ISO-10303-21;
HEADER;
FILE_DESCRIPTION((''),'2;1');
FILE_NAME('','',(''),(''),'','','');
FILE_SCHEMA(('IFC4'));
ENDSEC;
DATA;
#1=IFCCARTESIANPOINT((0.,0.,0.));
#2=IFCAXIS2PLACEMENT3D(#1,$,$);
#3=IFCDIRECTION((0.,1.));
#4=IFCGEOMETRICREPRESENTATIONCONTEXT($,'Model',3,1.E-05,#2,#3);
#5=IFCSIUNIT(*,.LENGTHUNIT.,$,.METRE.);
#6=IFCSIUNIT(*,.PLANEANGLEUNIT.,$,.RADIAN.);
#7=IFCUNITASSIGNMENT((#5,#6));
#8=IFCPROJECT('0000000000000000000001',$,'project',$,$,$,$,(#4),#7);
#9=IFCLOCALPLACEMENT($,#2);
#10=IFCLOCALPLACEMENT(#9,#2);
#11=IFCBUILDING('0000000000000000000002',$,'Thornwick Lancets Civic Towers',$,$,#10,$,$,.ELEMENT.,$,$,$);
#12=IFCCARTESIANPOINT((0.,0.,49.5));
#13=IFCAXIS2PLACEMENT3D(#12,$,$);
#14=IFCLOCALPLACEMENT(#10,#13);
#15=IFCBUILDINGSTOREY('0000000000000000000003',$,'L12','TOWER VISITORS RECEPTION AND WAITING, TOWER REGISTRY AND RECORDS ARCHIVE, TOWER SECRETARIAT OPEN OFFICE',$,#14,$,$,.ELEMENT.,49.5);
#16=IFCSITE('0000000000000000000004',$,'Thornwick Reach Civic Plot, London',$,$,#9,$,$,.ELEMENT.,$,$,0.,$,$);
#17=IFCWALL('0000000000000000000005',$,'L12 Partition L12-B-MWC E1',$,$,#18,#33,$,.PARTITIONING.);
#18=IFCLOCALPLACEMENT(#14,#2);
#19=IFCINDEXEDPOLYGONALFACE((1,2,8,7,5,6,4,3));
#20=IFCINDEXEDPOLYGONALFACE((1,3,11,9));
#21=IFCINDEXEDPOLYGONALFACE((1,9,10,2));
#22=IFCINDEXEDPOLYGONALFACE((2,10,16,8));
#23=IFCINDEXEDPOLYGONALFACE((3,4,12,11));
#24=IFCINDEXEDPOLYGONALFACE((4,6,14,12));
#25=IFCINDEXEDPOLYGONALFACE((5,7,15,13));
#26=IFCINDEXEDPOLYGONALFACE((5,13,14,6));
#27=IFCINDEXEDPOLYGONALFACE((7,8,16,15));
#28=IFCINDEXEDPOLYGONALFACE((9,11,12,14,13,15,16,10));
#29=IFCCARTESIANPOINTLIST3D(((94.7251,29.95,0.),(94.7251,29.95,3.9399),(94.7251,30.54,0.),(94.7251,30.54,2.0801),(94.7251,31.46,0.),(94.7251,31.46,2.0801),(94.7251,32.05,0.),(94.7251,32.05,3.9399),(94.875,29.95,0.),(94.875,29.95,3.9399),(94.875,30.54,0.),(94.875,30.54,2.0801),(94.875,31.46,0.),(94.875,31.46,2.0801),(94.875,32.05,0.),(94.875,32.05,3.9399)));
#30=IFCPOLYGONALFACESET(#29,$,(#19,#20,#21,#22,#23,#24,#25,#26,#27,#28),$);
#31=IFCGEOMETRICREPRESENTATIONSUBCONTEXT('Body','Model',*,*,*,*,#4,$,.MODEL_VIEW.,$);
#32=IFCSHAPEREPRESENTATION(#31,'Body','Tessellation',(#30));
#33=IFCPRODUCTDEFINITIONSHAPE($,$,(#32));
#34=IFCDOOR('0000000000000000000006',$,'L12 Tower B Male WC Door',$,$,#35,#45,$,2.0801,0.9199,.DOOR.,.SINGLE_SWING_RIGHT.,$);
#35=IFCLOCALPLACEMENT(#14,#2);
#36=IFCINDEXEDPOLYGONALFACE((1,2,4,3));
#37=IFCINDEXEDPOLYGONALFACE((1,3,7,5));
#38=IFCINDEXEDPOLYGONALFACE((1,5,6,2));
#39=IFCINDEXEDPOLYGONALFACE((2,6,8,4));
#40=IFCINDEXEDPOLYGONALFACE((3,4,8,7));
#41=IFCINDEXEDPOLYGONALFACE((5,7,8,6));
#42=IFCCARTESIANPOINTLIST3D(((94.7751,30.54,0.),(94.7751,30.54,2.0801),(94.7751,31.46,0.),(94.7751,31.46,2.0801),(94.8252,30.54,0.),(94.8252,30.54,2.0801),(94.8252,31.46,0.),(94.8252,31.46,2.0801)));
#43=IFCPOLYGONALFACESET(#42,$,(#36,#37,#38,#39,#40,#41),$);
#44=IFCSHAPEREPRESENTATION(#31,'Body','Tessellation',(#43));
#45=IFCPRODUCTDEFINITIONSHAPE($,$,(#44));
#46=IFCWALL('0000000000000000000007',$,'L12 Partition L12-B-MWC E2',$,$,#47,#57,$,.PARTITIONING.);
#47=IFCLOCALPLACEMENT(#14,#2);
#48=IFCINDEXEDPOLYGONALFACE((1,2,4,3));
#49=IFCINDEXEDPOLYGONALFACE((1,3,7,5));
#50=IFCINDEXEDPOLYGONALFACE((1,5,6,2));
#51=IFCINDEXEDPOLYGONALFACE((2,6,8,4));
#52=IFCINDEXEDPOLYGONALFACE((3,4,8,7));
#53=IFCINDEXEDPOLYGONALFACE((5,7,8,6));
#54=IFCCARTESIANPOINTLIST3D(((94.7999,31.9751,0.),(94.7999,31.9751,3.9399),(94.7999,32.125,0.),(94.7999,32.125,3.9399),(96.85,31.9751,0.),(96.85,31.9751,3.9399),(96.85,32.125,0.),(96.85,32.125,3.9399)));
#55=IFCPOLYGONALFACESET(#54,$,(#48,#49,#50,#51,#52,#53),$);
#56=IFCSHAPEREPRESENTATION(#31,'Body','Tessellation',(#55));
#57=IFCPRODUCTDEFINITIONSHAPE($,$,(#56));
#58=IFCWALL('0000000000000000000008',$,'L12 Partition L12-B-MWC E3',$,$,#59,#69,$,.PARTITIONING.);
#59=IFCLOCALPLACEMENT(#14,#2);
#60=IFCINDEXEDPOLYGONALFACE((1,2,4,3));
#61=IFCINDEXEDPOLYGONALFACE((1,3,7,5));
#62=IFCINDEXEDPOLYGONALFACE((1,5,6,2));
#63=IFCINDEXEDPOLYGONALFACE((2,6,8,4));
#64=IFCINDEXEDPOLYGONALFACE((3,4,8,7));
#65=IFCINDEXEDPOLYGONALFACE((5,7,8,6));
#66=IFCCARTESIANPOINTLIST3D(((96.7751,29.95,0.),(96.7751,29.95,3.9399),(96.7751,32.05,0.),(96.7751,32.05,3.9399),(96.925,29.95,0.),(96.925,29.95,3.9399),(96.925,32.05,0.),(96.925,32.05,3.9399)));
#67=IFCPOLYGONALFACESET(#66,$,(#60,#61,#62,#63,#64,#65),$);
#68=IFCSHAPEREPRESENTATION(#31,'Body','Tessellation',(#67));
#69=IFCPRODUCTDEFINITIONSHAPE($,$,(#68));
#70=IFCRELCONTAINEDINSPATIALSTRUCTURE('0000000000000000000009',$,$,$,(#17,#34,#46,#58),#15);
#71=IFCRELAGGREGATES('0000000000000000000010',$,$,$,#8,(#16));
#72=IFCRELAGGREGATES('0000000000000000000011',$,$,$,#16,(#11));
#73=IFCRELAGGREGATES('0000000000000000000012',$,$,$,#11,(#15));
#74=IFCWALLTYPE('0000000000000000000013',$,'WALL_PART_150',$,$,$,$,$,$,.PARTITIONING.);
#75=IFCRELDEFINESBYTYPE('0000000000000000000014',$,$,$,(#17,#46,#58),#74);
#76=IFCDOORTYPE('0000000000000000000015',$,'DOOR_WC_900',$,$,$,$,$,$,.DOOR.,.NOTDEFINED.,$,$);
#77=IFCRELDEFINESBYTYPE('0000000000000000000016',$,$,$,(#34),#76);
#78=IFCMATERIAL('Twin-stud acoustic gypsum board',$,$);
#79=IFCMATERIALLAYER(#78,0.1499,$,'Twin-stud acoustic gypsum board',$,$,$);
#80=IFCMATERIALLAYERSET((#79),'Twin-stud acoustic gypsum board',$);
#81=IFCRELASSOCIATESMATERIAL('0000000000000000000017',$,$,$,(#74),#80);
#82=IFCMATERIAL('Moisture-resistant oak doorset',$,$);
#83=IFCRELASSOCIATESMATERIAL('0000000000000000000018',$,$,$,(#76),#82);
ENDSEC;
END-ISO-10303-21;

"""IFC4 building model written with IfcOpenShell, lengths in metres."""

from ifc_helpers import new_model, si_unit, direction, frame, frame_2d, origin, place, context, subcontext, project, spatial, rectangle, extrude, material, layer, layer_set, type_object, element, fill, save


model = new_model("IFC4")

# Units and contexts
model_context = context("Model", 3, precision=1e-05, world=origin(), true_north=direction((0.0, 1.0)))
body_context = subcontext(model_context, "Body", "Model", "MODEL_VIEW")
ifc_project = project(units=[si_unit("LENGTHUNIT", "METRE"), si_unit("PLANEANGLEUNIT", "RADIAN")], contexts=[model_context])

# Site, building, storey
site_placement = place(None, origin())
site = spatial("IfcSite", under=ifc_project, at=site_placement, Name="Thornwick Reach Civic Plot, London", CompositionType="ELEMENT", RefElevation=0.0)
building_placement = place(site_placement, origin())
building = spatial("IfcBuilding", under=site, at=building_placement, Name="Thornwick Lancets Civic Towers", CompositionType="ELEMENT")
storey_placement = place(building_placement, frame((0.0, 0.0, 49.5)))
storey = spatial("IfcBuildingStorey", under=building, at=storey_placement, Name="L12", Description="TOWER VISITORS RECEPTION AND WAITING, TOWER REGISTRY AND RECORDS ARCHIVE, TOWER SECRETARIAT OPEN OFFICE", CompositionType="ELEMENT", Elevation=49.5)

# Wall, opening, door
ifc_material_1 = material(Name="Twin-stud acoustic gypsum board")
ifc_layer_1 = layer(ifc_material_1, 0.1499, Name="Twin-stud acoustic gypsum board")
ifc_layer_set_1 = layer_set([ifc_layer_1], Name="Twin-stud acoustic gypsum board")
wall_type_1 = type_object("IfcWallType", Name="WALL_PART_150", PredefinedType="PARTITIONING", material=ifc_layer_set_1)
wall_1_placement = place(storey_placement, frame((94.8, 29.95, 0.0), z_axis=(0.0, 0.0, 1.0), x_axis=(0.0, 1.0, 0.0)))
wall_1 = element("IfcWall", 1, at=wall_1_placement, inside=storey, type_object=wall_type_1, Name="L12 Partition L12-B-MWC E1", PredefinedType="PARTITIONING", context=body_context, shape_type="SweptSolid", body=[
    extrude(rectangle(XDim=2.1001, YDim=0.1499, at=frame_2d((1.05, 0.0))), origin(), (0.0, 0.0, 1.0), 3.9399),
])
opening_1_placement = place(wall_1_placement, frame((0.5901, 0.0, 0.0)))
opening_1 = element("IfcOpeningElement", 2, at=opening_1_placement, cuts=wall_1, PredefinedType="OPENING", context=body_context, shape_type="SweptSolid", body=[
    extrude(rectangle(XDim=0.9199, YDim=2.0801, at=frame_2d((0.46, 1.04))), frame((0.0, 0.085, 0.0), z_axis=(0.0, -1.0, 0.0), x_axis=(1.0, 0.0, 0.0)), (0.0, 0.0, 1.0), 0.1699),
])
ifc_material_2 = material(Name="Moisture-resistant oak doorset")
door_type_1 = type_object("IfcDoorType", Name="DOOR_WC_900", OperationType="NOTDEFINED", PredefinedType="DOOR", material=ifc_material_2)
door_1_placement = place(opening_1_placement, origin())
door_1 = element("IfcDoor", 3, at=door_1_placement, inside=storey, type_object=door_type_1, Name="L12 Tower B Male WC Door", OperationType="SINGLE_SWING_RIGHT", OverallHeight=2.0801, OverallWidth=0.9199, PredefinedType="DOOR", context=body_context, shape_type="SweptSolid", body=[
    extrude(rectangle(XDim=0.9199, YDim=2.0801, at=frame_2d((0.46, 1.04))), frame((0.0, 0.0249, 0.0), z_axis=(0.0, -1.0, 0.0), x_axis=(1.0, 0.0, 0.0)), (0.0, 0.0, 1.0), 0.05),
])
fill(opening_1, door_1)

# Walls
wall_2_placement = place(storey_placement, frame((94.8, 32.05, 0.0), z_axis=(0.0, 0.0, 1.0), x_axis=(1.0, 0.0, 0.0)))
element("IfcWall", 4, at=wall_2_placement, inside=storey, type_object=wall_type_1, Name="L12 Partition L12-B-MWC E2", PredefinedType="PARTITIONING", context=body_context, shape_type="SweptSolid", body=[
    extrude(rectangle(XDim=2.05, YDim=0.1499, at=frame_2d((1.0249, 0.0))), origin(), (0.0, 0.0, 1.0), 3.9399),
])
wall_3_placement = place(storey_placement, frame((96.8501, 32.05, 0.0), z_axis=(0.0, 0.0, 1.0), x_axis=(0.0, -1.0, 0.0)))
element("IfcWall", 5, at=wall_3_placement, inside=storey, type_object=wall_type_1, Name="L12 Partition L12-B-MWC E3", PredefinedType="PARTITIONING", context=body_context, shape_type="SweptSolid", body=[
    extrude(rectangle(XDim=2.1001, YDim=0.1499, at=frame_2d((1.05, 0.0))), origin(), (0.0, 0.0, 1.0), 3.9399),
])

save(model, "model.ifc")
